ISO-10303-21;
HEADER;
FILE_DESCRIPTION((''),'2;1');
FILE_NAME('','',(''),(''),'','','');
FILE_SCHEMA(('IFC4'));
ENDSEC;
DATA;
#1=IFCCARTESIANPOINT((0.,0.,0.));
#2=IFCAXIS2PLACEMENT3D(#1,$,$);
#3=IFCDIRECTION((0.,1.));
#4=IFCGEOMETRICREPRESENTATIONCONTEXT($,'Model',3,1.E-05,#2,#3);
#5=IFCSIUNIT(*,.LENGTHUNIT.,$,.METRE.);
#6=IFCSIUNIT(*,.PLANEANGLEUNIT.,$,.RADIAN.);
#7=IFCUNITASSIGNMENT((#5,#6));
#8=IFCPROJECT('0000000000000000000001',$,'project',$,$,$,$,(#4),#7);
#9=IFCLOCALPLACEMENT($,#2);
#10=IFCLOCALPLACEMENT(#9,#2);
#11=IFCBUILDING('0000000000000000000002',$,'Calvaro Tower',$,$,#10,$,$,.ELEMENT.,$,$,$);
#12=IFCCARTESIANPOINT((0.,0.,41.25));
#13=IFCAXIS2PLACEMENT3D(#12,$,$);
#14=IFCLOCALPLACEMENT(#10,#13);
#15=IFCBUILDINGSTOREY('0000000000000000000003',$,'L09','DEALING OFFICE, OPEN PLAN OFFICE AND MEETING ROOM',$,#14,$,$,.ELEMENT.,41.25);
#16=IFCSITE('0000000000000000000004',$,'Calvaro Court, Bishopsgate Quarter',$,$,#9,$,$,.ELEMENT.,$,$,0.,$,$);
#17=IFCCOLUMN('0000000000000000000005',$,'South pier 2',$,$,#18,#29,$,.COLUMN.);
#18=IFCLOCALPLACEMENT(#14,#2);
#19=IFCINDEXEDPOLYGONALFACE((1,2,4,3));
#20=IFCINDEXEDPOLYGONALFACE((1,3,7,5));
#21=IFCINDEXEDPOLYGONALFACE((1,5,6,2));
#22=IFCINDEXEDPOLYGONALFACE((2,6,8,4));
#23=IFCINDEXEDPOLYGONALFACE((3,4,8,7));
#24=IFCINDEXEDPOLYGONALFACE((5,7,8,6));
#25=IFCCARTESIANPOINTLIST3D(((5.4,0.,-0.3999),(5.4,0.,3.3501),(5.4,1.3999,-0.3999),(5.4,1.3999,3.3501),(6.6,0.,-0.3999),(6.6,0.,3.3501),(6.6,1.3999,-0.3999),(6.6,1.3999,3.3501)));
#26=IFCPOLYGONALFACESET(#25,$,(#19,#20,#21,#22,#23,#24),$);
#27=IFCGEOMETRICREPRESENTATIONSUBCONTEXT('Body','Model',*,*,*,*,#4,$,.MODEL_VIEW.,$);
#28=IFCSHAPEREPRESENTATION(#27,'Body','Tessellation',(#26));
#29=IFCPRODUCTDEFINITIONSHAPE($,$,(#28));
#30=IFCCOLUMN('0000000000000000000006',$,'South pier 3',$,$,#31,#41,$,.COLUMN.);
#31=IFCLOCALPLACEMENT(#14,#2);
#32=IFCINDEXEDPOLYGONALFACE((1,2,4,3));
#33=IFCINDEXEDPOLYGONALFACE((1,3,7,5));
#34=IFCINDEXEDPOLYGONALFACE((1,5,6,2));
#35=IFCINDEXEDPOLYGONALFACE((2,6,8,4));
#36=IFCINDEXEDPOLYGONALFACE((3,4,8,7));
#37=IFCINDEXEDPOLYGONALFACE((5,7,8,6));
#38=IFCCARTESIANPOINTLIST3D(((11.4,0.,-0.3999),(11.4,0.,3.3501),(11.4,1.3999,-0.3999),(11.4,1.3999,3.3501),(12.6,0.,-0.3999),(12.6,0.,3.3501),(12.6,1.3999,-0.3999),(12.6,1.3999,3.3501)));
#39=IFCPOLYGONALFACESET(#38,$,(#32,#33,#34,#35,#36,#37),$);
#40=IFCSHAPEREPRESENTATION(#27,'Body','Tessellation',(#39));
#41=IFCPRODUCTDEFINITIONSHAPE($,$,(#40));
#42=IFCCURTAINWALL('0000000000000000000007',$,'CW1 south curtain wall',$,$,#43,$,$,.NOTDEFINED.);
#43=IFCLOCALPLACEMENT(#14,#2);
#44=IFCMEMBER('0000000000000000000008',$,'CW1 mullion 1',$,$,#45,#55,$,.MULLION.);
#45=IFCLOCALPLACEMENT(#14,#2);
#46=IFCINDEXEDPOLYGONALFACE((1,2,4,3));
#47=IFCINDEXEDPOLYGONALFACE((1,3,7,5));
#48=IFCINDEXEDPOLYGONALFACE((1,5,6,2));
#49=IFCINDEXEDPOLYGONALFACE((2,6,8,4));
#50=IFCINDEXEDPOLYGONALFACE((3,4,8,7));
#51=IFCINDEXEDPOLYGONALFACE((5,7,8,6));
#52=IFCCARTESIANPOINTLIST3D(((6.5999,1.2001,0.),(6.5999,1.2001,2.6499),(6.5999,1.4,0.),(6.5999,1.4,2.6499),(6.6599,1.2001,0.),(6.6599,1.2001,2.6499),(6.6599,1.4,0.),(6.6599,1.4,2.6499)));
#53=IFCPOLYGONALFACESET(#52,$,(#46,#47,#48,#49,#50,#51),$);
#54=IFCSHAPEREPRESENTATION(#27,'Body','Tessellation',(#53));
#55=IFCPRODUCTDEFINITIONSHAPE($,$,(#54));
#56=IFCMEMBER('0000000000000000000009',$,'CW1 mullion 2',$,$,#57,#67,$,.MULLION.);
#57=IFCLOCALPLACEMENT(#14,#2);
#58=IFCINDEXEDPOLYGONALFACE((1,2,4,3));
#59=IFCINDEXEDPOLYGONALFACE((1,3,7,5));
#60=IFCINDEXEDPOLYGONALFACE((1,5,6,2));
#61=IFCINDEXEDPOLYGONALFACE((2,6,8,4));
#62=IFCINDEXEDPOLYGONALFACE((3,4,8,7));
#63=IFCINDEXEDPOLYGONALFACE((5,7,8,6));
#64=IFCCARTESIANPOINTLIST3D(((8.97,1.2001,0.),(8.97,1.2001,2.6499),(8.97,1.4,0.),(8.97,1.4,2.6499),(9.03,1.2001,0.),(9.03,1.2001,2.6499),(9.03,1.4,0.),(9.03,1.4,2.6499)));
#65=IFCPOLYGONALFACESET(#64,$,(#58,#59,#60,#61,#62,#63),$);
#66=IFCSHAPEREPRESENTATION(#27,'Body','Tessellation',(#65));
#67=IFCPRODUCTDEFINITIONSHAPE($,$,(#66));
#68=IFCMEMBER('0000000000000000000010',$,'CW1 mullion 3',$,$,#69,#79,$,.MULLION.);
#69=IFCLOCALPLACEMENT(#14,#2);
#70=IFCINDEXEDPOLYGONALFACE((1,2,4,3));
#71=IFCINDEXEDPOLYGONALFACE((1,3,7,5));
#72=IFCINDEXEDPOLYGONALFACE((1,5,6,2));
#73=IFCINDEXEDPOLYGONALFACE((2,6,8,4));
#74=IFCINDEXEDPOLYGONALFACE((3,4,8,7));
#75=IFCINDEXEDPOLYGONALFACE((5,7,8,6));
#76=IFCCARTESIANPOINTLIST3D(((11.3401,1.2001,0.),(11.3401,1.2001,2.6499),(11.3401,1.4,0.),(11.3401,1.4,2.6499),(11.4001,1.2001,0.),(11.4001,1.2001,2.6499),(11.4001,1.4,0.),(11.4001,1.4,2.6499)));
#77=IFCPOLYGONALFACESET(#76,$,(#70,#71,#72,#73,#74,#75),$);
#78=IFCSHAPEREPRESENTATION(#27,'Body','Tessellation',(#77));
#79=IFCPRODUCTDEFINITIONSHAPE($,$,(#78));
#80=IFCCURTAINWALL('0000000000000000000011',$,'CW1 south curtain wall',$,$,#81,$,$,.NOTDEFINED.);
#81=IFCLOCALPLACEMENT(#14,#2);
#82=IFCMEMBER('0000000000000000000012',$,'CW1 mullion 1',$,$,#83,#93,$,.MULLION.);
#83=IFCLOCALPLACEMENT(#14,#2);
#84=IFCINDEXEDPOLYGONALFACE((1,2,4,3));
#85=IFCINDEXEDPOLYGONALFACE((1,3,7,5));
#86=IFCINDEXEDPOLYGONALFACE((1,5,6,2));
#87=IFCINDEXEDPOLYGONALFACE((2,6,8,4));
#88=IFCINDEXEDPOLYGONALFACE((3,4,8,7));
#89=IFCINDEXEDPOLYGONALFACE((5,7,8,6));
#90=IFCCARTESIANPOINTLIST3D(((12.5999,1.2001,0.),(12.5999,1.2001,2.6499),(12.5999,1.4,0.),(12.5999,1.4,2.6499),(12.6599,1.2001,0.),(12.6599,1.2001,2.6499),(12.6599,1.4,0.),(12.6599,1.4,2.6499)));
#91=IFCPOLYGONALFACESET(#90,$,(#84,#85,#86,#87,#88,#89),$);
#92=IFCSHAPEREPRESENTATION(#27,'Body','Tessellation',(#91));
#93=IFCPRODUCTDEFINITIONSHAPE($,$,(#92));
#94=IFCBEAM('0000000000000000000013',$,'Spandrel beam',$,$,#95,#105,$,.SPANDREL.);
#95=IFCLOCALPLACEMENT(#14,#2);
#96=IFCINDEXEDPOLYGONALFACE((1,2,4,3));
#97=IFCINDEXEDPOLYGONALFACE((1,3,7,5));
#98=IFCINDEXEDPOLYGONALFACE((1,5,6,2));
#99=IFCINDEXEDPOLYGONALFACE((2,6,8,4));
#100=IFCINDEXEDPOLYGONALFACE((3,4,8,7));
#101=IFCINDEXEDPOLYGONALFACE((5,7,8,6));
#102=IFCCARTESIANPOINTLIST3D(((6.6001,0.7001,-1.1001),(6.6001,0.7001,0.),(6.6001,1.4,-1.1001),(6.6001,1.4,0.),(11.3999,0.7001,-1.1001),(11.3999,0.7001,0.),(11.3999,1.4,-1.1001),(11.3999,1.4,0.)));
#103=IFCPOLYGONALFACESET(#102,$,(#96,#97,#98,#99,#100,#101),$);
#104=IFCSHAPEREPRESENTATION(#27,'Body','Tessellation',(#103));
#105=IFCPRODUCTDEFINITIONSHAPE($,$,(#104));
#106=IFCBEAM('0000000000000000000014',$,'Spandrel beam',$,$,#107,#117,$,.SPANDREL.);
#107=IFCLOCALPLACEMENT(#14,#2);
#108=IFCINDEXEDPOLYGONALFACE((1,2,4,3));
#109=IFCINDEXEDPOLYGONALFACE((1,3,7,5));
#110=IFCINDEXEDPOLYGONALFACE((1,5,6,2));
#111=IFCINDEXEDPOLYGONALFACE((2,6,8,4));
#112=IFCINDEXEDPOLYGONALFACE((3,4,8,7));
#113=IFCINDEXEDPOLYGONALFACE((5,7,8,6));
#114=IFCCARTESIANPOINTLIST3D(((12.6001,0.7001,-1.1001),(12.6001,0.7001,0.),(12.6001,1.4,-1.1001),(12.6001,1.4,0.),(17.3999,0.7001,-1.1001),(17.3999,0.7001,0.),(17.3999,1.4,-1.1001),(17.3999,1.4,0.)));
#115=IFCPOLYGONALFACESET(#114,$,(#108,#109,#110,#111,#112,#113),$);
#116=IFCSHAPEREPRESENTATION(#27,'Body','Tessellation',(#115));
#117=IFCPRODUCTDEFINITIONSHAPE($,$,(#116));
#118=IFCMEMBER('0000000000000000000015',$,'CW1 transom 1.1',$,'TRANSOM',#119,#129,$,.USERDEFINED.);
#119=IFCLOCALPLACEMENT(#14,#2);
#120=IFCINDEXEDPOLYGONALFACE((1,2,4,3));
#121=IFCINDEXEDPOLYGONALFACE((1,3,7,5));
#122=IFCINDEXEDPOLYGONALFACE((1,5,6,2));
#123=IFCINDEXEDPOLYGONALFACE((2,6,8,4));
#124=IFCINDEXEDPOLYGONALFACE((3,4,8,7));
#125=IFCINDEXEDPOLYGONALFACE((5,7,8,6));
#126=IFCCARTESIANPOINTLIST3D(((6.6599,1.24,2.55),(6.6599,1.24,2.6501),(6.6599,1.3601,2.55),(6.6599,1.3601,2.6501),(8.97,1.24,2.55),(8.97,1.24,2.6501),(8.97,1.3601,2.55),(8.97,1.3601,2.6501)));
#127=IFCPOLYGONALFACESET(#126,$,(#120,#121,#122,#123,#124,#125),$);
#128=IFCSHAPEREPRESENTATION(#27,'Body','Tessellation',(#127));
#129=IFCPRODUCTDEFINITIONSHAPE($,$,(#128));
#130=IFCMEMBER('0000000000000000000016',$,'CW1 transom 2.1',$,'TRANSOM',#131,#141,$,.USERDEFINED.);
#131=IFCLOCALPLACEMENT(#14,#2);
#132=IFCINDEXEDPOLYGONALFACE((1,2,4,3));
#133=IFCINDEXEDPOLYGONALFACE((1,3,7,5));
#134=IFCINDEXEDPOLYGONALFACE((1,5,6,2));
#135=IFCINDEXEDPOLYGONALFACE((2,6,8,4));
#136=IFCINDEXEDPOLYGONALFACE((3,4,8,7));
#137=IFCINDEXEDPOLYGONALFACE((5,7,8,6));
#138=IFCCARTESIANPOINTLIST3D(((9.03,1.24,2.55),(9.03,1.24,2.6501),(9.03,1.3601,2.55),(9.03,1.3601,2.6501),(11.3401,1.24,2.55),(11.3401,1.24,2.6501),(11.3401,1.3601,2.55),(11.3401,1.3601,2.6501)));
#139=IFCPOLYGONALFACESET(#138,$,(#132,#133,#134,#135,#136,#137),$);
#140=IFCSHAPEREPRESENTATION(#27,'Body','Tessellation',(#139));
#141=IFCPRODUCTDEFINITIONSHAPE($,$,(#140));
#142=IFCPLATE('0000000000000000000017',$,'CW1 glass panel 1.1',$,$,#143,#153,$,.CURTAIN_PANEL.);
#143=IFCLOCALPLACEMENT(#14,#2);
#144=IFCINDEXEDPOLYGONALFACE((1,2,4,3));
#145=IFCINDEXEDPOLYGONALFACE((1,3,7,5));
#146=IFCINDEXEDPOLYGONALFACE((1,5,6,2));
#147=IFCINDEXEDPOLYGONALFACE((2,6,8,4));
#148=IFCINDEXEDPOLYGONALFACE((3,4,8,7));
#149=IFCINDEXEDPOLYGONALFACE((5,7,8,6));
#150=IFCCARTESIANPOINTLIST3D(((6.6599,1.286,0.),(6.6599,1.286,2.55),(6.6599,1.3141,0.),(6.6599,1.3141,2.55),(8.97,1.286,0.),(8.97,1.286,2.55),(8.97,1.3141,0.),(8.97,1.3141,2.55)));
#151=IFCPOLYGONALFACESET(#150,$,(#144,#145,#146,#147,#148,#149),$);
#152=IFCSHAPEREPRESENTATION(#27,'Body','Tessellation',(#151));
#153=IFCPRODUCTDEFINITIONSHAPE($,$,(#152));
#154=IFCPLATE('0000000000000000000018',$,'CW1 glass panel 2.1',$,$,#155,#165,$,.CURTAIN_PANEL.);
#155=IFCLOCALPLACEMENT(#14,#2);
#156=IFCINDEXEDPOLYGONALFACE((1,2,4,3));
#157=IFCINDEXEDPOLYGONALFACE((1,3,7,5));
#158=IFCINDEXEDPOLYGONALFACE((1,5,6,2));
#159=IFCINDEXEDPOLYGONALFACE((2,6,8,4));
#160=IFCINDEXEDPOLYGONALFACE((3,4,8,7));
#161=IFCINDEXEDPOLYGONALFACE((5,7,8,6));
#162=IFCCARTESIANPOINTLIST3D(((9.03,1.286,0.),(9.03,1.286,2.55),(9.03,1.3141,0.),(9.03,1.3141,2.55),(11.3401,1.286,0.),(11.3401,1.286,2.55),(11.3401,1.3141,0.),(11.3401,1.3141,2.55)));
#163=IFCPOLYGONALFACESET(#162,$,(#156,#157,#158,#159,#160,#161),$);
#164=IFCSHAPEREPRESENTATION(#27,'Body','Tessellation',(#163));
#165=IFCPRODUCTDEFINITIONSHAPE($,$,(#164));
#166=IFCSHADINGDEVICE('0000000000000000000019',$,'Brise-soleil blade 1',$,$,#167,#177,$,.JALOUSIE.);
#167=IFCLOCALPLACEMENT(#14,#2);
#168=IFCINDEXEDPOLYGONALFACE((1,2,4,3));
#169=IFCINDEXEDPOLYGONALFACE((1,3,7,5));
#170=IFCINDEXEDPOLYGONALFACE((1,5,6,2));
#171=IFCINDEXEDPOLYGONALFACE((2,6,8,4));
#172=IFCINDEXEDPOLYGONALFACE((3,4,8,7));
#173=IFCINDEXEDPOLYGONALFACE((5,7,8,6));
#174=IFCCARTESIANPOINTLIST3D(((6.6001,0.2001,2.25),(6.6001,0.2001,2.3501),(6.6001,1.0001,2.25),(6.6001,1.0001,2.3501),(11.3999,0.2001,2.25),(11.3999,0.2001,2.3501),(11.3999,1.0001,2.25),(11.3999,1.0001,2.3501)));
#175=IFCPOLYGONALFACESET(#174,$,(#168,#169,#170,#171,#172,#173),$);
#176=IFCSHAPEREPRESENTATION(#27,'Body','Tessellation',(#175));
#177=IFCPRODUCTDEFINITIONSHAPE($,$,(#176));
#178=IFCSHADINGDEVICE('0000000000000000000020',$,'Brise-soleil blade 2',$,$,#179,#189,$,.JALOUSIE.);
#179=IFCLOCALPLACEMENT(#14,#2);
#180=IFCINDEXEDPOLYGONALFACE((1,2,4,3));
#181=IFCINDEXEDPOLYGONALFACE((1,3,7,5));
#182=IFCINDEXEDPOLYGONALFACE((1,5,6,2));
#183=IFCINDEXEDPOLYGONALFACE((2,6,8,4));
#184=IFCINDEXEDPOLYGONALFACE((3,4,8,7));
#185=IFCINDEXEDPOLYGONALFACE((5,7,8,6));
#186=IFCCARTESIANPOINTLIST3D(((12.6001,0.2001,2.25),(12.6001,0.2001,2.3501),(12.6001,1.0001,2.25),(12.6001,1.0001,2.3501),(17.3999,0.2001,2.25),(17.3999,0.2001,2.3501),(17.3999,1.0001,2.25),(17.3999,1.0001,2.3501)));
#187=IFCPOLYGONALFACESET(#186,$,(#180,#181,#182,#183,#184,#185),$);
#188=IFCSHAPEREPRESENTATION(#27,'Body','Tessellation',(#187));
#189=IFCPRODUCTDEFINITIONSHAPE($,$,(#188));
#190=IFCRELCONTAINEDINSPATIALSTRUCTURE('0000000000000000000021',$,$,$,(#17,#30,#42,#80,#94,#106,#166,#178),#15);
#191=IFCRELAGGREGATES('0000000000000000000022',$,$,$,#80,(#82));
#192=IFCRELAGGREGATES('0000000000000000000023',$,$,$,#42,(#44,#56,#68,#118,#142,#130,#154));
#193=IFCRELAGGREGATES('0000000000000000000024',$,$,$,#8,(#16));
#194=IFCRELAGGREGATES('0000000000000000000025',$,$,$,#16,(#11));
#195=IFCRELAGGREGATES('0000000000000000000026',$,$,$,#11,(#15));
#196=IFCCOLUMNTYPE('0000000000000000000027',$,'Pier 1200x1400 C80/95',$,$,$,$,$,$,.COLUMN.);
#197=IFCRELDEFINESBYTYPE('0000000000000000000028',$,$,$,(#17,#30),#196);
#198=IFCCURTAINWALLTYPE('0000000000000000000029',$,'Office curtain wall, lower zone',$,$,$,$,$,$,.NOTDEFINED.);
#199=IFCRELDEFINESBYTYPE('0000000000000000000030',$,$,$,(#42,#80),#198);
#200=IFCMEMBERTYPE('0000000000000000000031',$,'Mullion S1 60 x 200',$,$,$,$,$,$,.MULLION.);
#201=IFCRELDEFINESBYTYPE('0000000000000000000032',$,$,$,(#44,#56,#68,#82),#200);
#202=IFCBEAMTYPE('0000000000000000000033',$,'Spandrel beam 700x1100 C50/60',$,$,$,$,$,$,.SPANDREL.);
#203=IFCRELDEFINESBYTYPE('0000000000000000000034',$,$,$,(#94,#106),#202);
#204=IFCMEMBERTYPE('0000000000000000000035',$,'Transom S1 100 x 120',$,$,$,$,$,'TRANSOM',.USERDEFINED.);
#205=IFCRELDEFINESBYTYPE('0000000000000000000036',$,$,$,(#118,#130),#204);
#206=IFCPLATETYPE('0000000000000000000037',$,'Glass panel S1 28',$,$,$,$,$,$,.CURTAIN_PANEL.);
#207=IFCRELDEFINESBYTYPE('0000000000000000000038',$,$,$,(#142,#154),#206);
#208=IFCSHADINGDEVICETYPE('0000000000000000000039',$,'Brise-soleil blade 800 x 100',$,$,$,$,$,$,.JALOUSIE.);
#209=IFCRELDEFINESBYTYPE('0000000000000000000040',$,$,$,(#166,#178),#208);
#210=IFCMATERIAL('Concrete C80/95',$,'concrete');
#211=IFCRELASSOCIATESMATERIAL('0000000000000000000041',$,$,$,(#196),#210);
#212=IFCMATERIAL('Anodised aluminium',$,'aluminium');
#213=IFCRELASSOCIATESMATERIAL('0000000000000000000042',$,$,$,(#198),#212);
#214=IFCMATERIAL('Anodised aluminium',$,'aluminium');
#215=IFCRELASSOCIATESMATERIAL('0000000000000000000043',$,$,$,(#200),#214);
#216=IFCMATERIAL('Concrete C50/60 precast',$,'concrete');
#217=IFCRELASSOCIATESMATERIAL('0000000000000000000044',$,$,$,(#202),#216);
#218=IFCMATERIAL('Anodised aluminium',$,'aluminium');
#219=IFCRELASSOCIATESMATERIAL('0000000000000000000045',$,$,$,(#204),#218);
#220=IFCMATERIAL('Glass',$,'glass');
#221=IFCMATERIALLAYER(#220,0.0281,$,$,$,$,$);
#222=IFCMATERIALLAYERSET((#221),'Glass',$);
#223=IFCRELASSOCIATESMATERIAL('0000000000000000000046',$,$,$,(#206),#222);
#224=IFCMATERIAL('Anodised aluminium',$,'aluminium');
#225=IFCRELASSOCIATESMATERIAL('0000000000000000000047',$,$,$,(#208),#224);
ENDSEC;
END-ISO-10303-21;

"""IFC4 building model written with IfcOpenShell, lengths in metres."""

from ifc_helpers import new_model, si_unit, direction, frame, origin, origin_2d, place, context, subcontext, project, spatial, rectangle, extrude, material, layer, layer_set, material_profile, profile_set, type_object, element, aggregate, save


model = new_model("IFC4")

# Units and contexts
model_context = context("Model", 3, precision=1e-05, world=origin(), true_north=direction((0.0, 1.0)))
body_context = subcontext(model_context, "Body", "Model", "MODEL_VIEW")
ifc_project = project(units=[si_unit("LENGTHUNIT", "METRE"), si_unit("PLANEANGLEUNIT", "RADIAN")], contexts=[model_context])

# Site, building, storey
site_placement = place(None, origin())
site = spatial("IfcSite", under=ifc_project, at=site_placement, Name="Calvaro Court, Bishopsgate Quarter", CompositionType="ELEMENT", RefElevation=0.0)
building_placement = place(site_placement, origin())
building = spatial("IfcBuilding", under=site, at=building_placement, Name="Calvaro Tower", CompositionType="ELEMENT")
storey_placement = place(building_placement, frame((0.0, 0.0, 41.25)))
storey = spatial("IfcBuildingStorey", under=building, at=storey_placement, Name="L09", Description="DEALING OFFICE, OPEN PLAN OFFICE AND MEETING ROOM", CompositionType="ELEMENT", Elevation=41.25)

# Columns
ifc_material_1 = material(Name="Concrete C80/95", Category="concrete")
ifc_material_profile_1 = material_profile(ifc_material_1, rectangle(XDim=1.2, YDim=1.3999, at=origin_2d()), Name="RC 1200x1400")
ifc_profile_set_1 = profile_set([ifc_material_profile_1], Name="Concrete C80/95")
column_type = type_object("IfcColumnType", Name="Pier 1200x1400 C80/95", PredefinedType="COLUMN", material=ifc_profile_set_1)
for number, where, z_axis, x_axis, name in (
    (1, (6.0, 0.7, -0.3999), (0.0, 0.0, 1.0), (1.0, 0.0, 0.0), "South pier 2"),
    (2, (12.0, 0.7, -0.3999), (0.0, 0.0, 1.0), (1.0, 0.0, 0.0), "South pier 3"),
):
    element("IfcColumn", number, at=place(storey_placement, frame(where, z_axis=z_axis, x_axis=x_axis)), inside=storey, type_object=column_type, Name=name, PredefinedType="COLUMN", context=body_context, shape_type="SweptSolid", body=[
        extrude(rectangle(XDim=1.2, YDim=1.3999, at=origin_2d()), origin(), (0.0, 0.0, 1.0), 3.75),
    ])

# Curtain wall, members
ifc_material_2 = material(Name="Anodised aluminium", Category="aluminium")
curtain_wall_type = type_object("IfcCurtainWallType", Name="Office curtain wall, lower zone", PredefinedType="NOTDEFINED", material=ifc_material_2)
curtain_wall_1_placement = place(storey_placement, origin())
curtain_wall_1 = element("IfcCurtainWall", 3, at=curtain_wall_1_placement, inside=storey, type_object=curtain_wall_type, Name="CW1 south curtain wall", PredefinedType="NOTDEFINED")
ifc_material_3 = material(Name="Anodised aluminium", Category="aluminium")
ifc_material_profile_2 = material_profile(ifc_material_3, rectangle(XDim=0.2, YDim=0.0601, at=origin_2d()), Name="Mullion S1 60 x 200")
ifc_profile_set_2 = profile_set([ifc_material_profile_2], Name="Anodised aluminium")
member_type_1 = type_object("IfcMemberType", Name="Mullion S1 60 x 200", PredefinedType="MULLION", material=ifc_profile_set_2)
member_1_placement = place(storey_placement, frame((6.6299, 1.3, 0.0), z_axis=(0.0, 0.0, 1.0), x_axis=(0.0, 1.0, 0.0)))
member_1 = element("IfcMember", 4, at=member_1_placement, type_object=member_type_1, Name="CW1 mullion 1", PredefinedType="MULLION", context=body_context, shape_type="SweptSolid", body=[
    extrude(rectangle(XDim=0.2, YDim=0.0601, at=origin_2d()), origin(), (0.0, 0.0, 1.0), 2.6499),
])
member_2_placement = place(storey_placement, frame((9.0, 1.3, 0.0), z_axis=(0.0, 0.0, 1.0), x_axis=(0.0, 1.0, 0.0)))
member_2 = element("IfcMember", 5, at=member_2_placement, type_object=member_type_1, Name="CW1 mullion 2", PredefinedType="MULLION", context=body_context, shape_type="SweptSolid", body=[
    extrude(rectangle(XDim=0.2, YDim=0.0601, at=origin_2d()), origin(), (0.0, 0.0, 1.0), 2.6499),
])
member_3_placement = place(storey_placement, frame((11.3701, 1.3, 0.0), z_axis=(0.0, 0.0, 1.0), x_axis=(0.0, 1.0, 0.0)))
member_3 = element("IfcMember", 6, at=member_3_placement, type_object=member_type_1, Name="CW1 mullion 3", PredefinedType="MULLION", context=body_context, shape_type="SweptSolid", body=[
    extrude(rectangle(XDim=0.2, YDim=0.0601, at=origin_2d()), origin(), (0.0, 0.0, 1.0), 2.6499),
])

# Curtain wall, member
curtain_wall_2_placement = place(storey_placement, origin())
curtain_wall_2 = element("IfcCurtainWall", 7, at=curtain_wall_2_placement, inside=storey, type_object=curtain_wall_type, Name="CW1 south curtain wall", PredefinedType="NOTDEFINED")
member_4_placement = place(storey_placement, frame((12.6299, 1.3, 0.0), z_axis=(0.0, 0.0, 1.0), x_axis=(0.0, 1.0, 0.0)))
member_4 = element("IfcMember", 8, at=member_4_placement, type_object=member_type_1, Name="CW1 mullion 1", PredefinedType="MULLION", context=body_context, shape_type="SweptSolid", body=[
    extrude(rectangle(XDim=0.2, YDim=0.0601, at=origin_2d()), origin(), (0.0, 0.0, 1.0), 2.6499),
])
aggregate(curtain_wall_2, [member_4])

# Beams
ifc_material_4 = material(Name="Concrete C50/60 precast", Category="concrete")
ifc_material_profile_3 = material_profile(ifc_material_4, rectangle(XDim=0.7, YDim=1.1001, at=origin_2d()), Name="RC 700x1100")
ifc_profile_set_3 = profile_set([ifc_material_profile_3], Name="Concrete C50/60 precast")
beam_type = type_object("IfcBeamType", Name="Spandrel beam 700x1100 C50/60", PredefinedType="SPANDREL", material=ifc_profile_set_3)
for number, where, z_axis, x_axis, name in (
    (9, (6.6001, 1.05, -0.55), (1.0, 0.0, 0.0), (0.0, 1.0, 0.0), "Spandrel beam"),
    (10, (12.6001, 1.05, -0.55), (1.0, 0.0, 0.0), (0.0, 1.0, 0.0), "Spandrel beam"),
):
    element("IfcBeam", number, at=place(storey_placement, frame(where, z_axis=z_axis, x_axis=x_axis)), inside=storey, type_object=beam_type, Name=name, PredefinedType="SPANDREL", context=body_context, shape_type="SweptSolid", body=[
        extrude(rectangle(XDim=0.7, YDim=1.1001, at=origin_2d()), origin(), (0.0, 0.0, 1.0), 4.7998),
    ])

# Members
ifc_material_5 = material(Name="Anodised aluminium", Category="aluminium")
ifc_material_profile_4 = material_profile(ifc_material_5, rectangle(XDim=0.1201, YDim=0.1001, at=origin_2d()), Name="Transom S1 100 x 120")
ifc_profile_set_4 = profile_set([ifc_material_profile_4], Name="Anodised aluminium")
member_type_2 = type_object("IfcMemberType", Name="Transom S1 100 x 120", ElementType="TRANSOM", PredefinedType="USERDEFINED", material=ifc_profile_set_4)
member_5_placement = place(storey_placement, frame((6.6599, 1.3, 2.6001), z_axis=(1.0, 0.0, 0.0), x_axis=(0.0, 1.0, 0.0)))
member_5 = element("IfcMember", 11, at=member_5_placement, type_object=member_type_2, Name="CW1 transom 1.1", ObjectType="TRANSOM", PredefinedType="USERDEFINED", context=body_context, shape_type="SweptSolid", body=[
    extrude(rectangle(XDim=0.1201, YDim=0.1001, at=origin_2d()), origin(), (0.0, 0.0, 1.0), 2.3101),
])
member_6_placement = place(storey_placement, frame((9.03, 1.3, 2.6001), z_axis=(1.0, 0.0, 0.0), x_axis=(0.0, 1.0, 0.0)))
member_6 = element("IfcMember", 12, at=member_6_placement, type_object=member_type_2, Name="CW1 transom 2.1", ObjectType="TRANSOM", PredefinedType="USERDEFINED", context=body_context, shape_type="SweptSolid", body=[
    extrude(rectangle(XDim=0.1201, YDim=0.1001, at=origin_2d()), origin(), (0.0, 0.0, 1.0), 2.3101),
])

# Plates
ifc_material_6 = material(Name="Glass", Category="glass")
ifc_layer_1 = layer(ifc_material_6, 0.0281)
ifc_layer_set_1 = layer_set([ifc_layer_1], Name="Glass")
plate_type = type_object("IfcPlateType", Name="Glass panel S1 28", PredefinedType="CURTAIN_PANEL", material=ifc_layer_set_1)
plate_1_placement = place(storey_placement, frame((7.8149, 1.3, 0.0), z_axis=(0.0, 0.0, 1.0), x_axis=(1.0, 0.0, 0.0)))
plate_1 = element("IfcPlate", 13, at=plate_1_placement, type_object=plate_type, Name="CW1 glass panel 1.1", PredefinedType="CURTAIN_PANEL", context=body_context, shape_type="SweptSolid", body=[
    extrude(rectangle(XDim=2.3101, YDim=0.0281, at=origin_2d()), origin(), (0.0, 0.0, 1.0), 2.55),
])
plate_2_placement = place(storey_placement, frame((10.1851, 1.3, 0.0), z_axis=(0.0, 0.0, 1.0), x_axis=(1.0, 0.0, 0.0)))
plate_2 = element("IfcPlate", 14, at=plate_2_placement, type_object=plate_type, Name="CW1 glass panel 2.1", PredefinedType="CURTAIN_PANEL", context=body_context, shape_type="SweptSolid", body=[
    extrude(rectangle(XDim=2.3101, YDim=0.0281, at=origin_2d()), origin(), (0.0, 0.0, 1.0), 2.55),
])
aggregate(curtain_wall_1, [member_1, member_2, member_3, member_5, plate_1, member_6, plate_2])

# Shading devices
ifc_material_7 = material(Name="Anodised aluminium", Category="aluminium")
ifc_material_profile_5 = material_profile(ifc_material_7, rectangle(XDim=0.8, YDim=0.1001, at=origin_2d()), Name="Brise-soleil blade 800 x 100")
ifc_profile_set_5 = profile_set([ifc_material_profile_5], Name="Anodised aluminium")
shading_device_type = type_object("IfcShadingDeviceType", Name="Brise-soleil blade 800 x 100", PredefinedType="JALOUSIE", material=ifc_profile_set_5)
for number, where, z_axis, x_axis, name in (
    (15, (6.6001, 0.6001, 2.3), (1.0, 0.0, 0.0), (0.0, 1.0, 0.0), "Brise-soleil blade 1"),
    (16, (12.6001, 0.6001, 2.3), (1.0, 0.0, 0.0), (0.0, 1.0, 0.0), "Brise-soleil blade 2"),
):
    element("IfcShadingDevice", number, at=place(storey_placement, frame(where, z_axis=z_axis, x_axis=x_axis)), inside=storey, type_object=shading_device_type, Name=name, PredefinedType="JALOUSIE", context=body_context, shape_type="SweptSolid", body=[
        extrude(rectangle(XDim=0.8, YDim=0.1001, at=origin_2d()), origin(), (0.0, 0.0, 1.0), 4.7998),
    ])

save(model, "model.ifc")
